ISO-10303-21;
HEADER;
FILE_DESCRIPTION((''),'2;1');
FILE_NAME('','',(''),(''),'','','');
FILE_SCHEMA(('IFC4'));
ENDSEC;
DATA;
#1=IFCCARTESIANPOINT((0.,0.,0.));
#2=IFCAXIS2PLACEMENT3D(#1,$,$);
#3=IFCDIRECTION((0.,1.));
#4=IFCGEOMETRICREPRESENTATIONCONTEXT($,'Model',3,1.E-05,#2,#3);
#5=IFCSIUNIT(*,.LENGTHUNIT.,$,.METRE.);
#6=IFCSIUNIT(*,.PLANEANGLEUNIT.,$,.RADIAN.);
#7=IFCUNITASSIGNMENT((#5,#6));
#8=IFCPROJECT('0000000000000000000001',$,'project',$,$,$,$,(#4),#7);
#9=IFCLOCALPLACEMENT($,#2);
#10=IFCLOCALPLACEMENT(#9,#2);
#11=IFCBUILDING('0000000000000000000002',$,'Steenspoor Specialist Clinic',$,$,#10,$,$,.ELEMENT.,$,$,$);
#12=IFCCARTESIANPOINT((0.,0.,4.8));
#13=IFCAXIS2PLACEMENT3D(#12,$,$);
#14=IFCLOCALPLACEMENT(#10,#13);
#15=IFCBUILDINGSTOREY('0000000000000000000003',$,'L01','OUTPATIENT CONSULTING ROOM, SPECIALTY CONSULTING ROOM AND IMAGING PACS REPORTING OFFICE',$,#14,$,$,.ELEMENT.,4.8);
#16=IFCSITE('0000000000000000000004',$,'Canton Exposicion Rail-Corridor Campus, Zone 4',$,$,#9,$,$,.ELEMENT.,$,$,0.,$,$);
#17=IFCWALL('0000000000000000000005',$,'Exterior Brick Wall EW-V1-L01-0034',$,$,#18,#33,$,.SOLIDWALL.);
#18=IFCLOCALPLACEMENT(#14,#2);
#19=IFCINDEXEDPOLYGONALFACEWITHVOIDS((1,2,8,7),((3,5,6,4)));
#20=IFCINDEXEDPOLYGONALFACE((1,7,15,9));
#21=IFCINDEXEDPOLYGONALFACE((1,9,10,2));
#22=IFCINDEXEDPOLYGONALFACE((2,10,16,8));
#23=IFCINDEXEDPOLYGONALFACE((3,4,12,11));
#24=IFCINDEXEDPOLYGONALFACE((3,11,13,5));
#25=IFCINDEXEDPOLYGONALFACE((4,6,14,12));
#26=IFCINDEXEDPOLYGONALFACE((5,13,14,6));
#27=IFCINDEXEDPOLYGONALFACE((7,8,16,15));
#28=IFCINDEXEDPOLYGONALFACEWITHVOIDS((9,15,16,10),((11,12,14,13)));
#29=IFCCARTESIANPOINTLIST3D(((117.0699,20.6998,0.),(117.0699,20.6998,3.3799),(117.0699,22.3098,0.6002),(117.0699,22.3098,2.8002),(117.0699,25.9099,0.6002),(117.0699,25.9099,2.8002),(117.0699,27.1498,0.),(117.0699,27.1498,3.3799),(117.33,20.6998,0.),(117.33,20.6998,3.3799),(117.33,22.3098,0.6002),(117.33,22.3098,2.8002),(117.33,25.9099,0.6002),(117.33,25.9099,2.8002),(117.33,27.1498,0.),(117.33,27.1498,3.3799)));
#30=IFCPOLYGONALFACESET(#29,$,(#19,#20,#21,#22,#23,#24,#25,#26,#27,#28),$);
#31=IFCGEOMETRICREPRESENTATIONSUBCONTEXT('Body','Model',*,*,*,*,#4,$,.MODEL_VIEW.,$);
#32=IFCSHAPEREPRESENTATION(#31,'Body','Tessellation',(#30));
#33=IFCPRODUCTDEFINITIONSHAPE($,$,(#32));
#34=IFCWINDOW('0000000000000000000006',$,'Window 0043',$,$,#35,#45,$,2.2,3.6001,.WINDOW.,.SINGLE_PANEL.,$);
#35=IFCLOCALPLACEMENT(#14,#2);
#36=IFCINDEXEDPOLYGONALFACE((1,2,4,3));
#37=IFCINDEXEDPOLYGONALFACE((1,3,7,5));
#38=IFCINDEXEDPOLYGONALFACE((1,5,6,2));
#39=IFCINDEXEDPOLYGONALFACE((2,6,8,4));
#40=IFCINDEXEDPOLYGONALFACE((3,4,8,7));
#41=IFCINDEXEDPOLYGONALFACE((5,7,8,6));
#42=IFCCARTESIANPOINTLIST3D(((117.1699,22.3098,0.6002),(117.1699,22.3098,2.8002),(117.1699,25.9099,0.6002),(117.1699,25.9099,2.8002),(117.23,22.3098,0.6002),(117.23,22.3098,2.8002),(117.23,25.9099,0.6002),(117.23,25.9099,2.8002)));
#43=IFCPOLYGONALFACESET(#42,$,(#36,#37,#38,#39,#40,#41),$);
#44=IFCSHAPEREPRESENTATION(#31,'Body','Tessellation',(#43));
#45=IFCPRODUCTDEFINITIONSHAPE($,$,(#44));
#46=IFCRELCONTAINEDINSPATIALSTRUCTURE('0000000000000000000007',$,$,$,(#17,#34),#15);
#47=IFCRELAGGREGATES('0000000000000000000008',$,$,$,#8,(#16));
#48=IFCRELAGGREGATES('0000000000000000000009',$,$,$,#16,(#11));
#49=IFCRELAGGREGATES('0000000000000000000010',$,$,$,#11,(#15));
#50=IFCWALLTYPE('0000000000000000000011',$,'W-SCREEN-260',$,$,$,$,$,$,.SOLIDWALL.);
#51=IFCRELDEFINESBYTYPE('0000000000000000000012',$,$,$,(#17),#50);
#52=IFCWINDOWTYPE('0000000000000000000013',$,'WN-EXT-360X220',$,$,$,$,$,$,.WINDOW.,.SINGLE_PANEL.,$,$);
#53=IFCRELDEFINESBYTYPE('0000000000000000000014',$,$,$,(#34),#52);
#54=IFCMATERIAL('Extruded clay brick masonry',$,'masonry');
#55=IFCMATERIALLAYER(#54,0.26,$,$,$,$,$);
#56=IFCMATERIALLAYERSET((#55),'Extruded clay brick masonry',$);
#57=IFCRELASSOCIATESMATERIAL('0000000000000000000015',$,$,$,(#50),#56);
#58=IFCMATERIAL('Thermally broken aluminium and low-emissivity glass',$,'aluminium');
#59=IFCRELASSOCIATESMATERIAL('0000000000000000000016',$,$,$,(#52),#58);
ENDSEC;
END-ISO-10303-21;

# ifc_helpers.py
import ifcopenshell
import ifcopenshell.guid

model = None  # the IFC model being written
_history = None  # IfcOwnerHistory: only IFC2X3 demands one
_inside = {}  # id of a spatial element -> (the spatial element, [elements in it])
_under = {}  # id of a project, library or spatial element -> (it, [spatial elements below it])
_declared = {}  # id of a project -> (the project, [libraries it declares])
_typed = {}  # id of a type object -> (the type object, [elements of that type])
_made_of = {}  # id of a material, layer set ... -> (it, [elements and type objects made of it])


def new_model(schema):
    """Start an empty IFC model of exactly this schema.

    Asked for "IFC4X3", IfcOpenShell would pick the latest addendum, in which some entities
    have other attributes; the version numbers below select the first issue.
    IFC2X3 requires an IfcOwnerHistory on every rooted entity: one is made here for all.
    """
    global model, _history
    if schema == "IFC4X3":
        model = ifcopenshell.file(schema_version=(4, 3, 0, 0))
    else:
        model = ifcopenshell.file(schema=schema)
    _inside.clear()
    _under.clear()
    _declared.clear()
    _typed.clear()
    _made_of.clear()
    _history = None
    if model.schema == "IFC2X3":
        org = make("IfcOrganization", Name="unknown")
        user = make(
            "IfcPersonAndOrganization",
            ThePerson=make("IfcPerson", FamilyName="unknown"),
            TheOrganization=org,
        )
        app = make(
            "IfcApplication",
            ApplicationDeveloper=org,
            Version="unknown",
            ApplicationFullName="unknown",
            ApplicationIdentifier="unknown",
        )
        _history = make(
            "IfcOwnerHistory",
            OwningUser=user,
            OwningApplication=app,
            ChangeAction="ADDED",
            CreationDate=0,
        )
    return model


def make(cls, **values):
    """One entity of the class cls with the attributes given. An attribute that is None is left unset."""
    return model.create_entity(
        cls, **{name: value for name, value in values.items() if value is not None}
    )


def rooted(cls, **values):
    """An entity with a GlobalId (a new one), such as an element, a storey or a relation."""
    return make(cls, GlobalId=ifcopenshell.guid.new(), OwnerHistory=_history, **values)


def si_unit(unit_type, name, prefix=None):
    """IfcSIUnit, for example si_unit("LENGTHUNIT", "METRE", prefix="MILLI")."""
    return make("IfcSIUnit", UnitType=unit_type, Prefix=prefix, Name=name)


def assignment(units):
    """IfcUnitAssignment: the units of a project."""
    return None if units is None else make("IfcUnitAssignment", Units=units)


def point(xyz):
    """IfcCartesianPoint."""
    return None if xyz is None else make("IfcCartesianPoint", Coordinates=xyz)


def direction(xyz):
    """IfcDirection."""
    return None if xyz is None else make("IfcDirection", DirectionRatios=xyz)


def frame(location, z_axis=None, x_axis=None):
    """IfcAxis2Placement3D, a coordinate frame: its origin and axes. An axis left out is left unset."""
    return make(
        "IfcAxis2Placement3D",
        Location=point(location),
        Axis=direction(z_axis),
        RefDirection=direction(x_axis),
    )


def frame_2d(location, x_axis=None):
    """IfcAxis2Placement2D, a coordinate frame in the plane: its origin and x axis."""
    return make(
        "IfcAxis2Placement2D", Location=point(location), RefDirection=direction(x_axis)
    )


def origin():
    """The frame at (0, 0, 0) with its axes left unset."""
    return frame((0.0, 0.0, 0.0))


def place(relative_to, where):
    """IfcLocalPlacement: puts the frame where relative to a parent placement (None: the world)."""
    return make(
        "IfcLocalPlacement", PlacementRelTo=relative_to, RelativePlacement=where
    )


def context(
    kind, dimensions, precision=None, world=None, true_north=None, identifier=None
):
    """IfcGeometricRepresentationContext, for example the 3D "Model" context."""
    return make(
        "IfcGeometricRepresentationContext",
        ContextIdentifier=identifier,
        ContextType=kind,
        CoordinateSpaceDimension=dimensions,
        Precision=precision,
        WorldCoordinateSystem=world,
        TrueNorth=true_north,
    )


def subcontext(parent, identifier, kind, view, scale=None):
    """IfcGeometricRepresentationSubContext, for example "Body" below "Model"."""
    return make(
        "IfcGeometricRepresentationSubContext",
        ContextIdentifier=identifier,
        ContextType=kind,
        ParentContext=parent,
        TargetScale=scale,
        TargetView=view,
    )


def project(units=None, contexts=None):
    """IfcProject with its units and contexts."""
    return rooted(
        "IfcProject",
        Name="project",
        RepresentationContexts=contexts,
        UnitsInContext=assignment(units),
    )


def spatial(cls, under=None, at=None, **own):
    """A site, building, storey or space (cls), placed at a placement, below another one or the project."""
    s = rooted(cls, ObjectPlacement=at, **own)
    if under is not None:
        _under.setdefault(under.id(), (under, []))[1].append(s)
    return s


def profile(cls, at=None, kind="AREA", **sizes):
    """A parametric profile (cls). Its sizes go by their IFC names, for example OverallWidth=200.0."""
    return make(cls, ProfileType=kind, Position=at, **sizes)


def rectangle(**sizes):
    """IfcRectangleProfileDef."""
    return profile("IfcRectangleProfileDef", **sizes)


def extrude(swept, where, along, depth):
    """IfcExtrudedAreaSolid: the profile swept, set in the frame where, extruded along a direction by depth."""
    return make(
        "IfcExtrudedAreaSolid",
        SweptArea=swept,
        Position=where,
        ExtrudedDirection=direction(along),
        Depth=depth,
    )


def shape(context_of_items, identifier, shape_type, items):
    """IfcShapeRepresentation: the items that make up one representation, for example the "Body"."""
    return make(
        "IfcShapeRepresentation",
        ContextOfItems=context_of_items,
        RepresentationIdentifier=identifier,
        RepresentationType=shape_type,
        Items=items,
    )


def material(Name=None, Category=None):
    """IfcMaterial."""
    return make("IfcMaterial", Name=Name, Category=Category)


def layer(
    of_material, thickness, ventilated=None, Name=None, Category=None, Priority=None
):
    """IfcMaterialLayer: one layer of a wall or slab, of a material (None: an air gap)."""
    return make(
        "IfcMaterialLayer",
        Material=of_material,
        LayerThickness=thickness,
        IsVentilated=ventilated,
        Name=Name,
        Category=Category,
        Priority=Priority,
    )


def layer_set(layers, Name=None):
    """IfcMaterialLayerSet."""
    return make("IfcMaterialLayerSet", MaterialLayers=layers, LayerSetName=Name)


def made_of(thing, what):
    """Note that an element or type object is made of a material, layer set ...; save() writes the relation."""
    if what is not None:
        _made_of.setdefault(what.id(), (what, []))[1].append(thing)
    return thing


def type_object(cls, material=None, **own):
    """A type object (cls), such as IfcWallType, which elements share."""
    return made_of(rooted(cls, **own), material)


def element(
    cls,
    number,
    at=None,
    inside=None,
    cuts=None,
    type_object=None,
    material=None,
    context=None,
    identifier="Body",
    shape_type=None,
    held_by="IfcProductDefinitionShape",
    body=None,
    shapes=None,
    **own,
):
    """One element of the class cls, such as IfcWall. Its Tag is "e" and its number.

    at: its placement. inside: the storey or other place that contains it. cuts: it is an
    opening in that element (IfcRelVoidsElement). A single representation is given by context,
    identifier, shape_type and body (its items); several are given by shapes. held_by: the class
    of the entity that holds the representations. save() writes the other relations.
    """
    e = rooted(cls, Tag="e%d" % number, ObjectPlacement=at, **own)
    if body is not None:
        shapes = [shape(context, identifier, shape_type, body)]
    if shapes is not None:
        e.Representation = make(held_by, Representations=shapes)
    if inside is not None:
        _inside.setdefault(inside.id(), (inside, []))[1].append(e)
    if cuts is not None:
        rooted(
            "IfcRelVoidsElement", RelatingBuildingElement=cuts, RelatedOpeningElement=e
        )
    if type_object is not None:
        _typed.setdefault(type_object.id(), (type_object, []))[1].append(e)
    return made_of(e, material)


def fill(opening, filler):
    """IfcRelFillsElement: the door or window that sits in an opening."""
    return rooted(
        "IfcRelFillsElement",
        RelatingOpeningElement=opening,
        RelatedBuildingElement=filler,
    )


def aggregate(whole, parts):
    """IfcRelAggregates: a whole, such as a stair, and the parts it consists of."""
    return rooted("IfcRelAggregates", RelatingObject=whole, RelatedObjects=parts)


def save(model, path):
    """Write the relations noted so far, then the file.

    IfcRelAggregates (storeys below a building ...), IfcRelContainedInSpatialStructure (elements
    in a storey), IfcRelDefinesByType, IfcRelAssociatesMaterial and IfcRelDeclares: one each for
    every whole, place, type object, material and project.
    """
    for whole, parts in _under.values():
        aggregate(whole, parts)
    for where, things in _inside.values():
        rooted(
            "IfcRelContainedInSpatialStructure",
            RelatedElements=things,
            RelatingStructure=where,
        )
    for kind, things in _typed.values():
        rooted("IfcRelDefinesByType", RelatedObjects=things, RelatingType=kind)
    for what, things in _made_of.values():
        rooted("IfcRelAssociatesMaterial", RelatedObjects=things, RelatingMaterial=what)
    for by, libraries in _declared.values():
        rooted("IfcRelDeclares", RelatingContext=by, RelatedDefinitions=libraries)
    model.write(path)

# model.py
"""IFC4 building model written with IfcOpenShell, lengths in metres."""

from ifc_helpers import new_model, si_unit, direction, frame, frame_2d, origin, place, context, subcontext, project, spatial, rectangle, extrude, material, layer, layer_set, type_object, element, fill, save


model = new_model("IFC4")

# Units and contexts
model_context = context("Model", 3, precision=1e-05, world=origin(), true_north=direction((0.0, 1.0)))
body_context = subcontext(model_context, "Body", "Model", "MODEL_VIEW")
ifc_project = project(units=[si_unit("LENGTHUNIT", "METRE"), si_unit("PLANEANGLEUNIT", "RADIAN")], contexts=[model_context])

# Site, building, storey
site_placement = place(None, origin())
site = spatial("IfcSite", under=ifc_project, at=site_placement, Name="Canton Exposicion Rail-Corridor Campus, Zone 4", CompositionType="ELEMENT", RefElevation=0.0)
building_placement = place(site_placement, origin())
building = spatial("IfcBuilding", under=site, at=building_placement, Name="Steenspoor Specialist Clinic", CompositionType="ELEMENT")
storey_placement = place(building_placement, frame((0.0, 0.0, 4.8)))
storey = spatial("IfcBuildingStorey", under=building, at=storey_placement, Name="L01", Description="OUTPATIENT CONSULTING ROOM, SPECIALTY CONSULTING ROOM AND IMAGING PACS REPORTING OFFICE", CompositionType="ELEMENT", Elevation=4.8)

# Shared definitions
ifc_material_1 = material(Name="Thermally broken aluminium and low-emissivity glass", Category="aluminium")

# Wall, opening, window
ifc_material_2 = material(Name="Extruded clay brick masonry", Category="masonry")
ifc_layer_1 = layer(ifc_material_2, 0.26)
ifc_layer_set_1 = layer_set([ifc_layer_1], Name="Extruded clay brick masonry")
wall_type_1 = type_object("IfcWallType", Name="W-SCREEN-260", PredefinedType="SOLIDWALL", material=ifc_layer_set_1)
wall_1_placement = place(storey_placement, frame((117.2, 27.1499, 0.0), z_axis=(0.0, 0.0, 1.0), x_axis=(0.0, -1.0, 0.0)))
wall_1 = element("IfcWall", 1, at=wall_1_placement, inside=storey, type_object=wall_type_1, Name="Exterior Brick Wall EW-V1-L01-0034", PredefinedType="SOLIDWALL", context=body_context, shape_type="SweptSolid", body=[
    extrude(rectangle(XDim=6.45, YDim=0.26, at=frame_2d((3.2251, 0.0))), origin(), (0.0, 0.0, 1.0), 3.3799),
])
opening_1_placement = place(wall_1_placement, frame((1.24, 0.0, 0.6001)))
opening_1 = element("IfcOpeningElement", 2, at=opening_1_placement, cuts=wall_1, PredefinedType="OPENING", context=body_context, shape_type="SweptSolid", body=[
    extrude(rectangle(XDim=3.6001, YDim=2.2, at=frame_2d((1.8, 1.1001))), frame((0.0, 0.1401, 0.0), z_axis=(0.0, -1.0, 0.0), x_axis=(1.0, 0.0, 0.0)), (0.0, 0.0, 1.0), 0.28),
])
window_type = type_object("IfcWindowType", Name="WN-EXT-360X220", PartitioningType="SINGLE_PANEL", PredefinedType="WINDOW", material=ifc_material_1)
window_placement = place(opening_1_placement, origin())
window = element("IfcWindow", 3, at=window_placement, inside=storey, type_object=window_type, Name="Window 0043", OverallHeight=2.2, OverallWidth=3.6001, PartitioningType="SINGLE_PANEL", PredefinedType="WINDOW", context=body_context, shape_type="SweptSolid", body=[
    extrude(rectangle(XDim=3.6001, YDim=2.2, at=frame_2d((1.8, 1.1001))), frame((0.0, 0.03, 0.0), z_axis=(0.0, -1.0, 0.0), x_axis=(1.0, 0.0, 0.0)), (0.0, 0.0, 1.0), 0.0601),
])
fill(opening_1, window)

save(model, "model.ifc")
